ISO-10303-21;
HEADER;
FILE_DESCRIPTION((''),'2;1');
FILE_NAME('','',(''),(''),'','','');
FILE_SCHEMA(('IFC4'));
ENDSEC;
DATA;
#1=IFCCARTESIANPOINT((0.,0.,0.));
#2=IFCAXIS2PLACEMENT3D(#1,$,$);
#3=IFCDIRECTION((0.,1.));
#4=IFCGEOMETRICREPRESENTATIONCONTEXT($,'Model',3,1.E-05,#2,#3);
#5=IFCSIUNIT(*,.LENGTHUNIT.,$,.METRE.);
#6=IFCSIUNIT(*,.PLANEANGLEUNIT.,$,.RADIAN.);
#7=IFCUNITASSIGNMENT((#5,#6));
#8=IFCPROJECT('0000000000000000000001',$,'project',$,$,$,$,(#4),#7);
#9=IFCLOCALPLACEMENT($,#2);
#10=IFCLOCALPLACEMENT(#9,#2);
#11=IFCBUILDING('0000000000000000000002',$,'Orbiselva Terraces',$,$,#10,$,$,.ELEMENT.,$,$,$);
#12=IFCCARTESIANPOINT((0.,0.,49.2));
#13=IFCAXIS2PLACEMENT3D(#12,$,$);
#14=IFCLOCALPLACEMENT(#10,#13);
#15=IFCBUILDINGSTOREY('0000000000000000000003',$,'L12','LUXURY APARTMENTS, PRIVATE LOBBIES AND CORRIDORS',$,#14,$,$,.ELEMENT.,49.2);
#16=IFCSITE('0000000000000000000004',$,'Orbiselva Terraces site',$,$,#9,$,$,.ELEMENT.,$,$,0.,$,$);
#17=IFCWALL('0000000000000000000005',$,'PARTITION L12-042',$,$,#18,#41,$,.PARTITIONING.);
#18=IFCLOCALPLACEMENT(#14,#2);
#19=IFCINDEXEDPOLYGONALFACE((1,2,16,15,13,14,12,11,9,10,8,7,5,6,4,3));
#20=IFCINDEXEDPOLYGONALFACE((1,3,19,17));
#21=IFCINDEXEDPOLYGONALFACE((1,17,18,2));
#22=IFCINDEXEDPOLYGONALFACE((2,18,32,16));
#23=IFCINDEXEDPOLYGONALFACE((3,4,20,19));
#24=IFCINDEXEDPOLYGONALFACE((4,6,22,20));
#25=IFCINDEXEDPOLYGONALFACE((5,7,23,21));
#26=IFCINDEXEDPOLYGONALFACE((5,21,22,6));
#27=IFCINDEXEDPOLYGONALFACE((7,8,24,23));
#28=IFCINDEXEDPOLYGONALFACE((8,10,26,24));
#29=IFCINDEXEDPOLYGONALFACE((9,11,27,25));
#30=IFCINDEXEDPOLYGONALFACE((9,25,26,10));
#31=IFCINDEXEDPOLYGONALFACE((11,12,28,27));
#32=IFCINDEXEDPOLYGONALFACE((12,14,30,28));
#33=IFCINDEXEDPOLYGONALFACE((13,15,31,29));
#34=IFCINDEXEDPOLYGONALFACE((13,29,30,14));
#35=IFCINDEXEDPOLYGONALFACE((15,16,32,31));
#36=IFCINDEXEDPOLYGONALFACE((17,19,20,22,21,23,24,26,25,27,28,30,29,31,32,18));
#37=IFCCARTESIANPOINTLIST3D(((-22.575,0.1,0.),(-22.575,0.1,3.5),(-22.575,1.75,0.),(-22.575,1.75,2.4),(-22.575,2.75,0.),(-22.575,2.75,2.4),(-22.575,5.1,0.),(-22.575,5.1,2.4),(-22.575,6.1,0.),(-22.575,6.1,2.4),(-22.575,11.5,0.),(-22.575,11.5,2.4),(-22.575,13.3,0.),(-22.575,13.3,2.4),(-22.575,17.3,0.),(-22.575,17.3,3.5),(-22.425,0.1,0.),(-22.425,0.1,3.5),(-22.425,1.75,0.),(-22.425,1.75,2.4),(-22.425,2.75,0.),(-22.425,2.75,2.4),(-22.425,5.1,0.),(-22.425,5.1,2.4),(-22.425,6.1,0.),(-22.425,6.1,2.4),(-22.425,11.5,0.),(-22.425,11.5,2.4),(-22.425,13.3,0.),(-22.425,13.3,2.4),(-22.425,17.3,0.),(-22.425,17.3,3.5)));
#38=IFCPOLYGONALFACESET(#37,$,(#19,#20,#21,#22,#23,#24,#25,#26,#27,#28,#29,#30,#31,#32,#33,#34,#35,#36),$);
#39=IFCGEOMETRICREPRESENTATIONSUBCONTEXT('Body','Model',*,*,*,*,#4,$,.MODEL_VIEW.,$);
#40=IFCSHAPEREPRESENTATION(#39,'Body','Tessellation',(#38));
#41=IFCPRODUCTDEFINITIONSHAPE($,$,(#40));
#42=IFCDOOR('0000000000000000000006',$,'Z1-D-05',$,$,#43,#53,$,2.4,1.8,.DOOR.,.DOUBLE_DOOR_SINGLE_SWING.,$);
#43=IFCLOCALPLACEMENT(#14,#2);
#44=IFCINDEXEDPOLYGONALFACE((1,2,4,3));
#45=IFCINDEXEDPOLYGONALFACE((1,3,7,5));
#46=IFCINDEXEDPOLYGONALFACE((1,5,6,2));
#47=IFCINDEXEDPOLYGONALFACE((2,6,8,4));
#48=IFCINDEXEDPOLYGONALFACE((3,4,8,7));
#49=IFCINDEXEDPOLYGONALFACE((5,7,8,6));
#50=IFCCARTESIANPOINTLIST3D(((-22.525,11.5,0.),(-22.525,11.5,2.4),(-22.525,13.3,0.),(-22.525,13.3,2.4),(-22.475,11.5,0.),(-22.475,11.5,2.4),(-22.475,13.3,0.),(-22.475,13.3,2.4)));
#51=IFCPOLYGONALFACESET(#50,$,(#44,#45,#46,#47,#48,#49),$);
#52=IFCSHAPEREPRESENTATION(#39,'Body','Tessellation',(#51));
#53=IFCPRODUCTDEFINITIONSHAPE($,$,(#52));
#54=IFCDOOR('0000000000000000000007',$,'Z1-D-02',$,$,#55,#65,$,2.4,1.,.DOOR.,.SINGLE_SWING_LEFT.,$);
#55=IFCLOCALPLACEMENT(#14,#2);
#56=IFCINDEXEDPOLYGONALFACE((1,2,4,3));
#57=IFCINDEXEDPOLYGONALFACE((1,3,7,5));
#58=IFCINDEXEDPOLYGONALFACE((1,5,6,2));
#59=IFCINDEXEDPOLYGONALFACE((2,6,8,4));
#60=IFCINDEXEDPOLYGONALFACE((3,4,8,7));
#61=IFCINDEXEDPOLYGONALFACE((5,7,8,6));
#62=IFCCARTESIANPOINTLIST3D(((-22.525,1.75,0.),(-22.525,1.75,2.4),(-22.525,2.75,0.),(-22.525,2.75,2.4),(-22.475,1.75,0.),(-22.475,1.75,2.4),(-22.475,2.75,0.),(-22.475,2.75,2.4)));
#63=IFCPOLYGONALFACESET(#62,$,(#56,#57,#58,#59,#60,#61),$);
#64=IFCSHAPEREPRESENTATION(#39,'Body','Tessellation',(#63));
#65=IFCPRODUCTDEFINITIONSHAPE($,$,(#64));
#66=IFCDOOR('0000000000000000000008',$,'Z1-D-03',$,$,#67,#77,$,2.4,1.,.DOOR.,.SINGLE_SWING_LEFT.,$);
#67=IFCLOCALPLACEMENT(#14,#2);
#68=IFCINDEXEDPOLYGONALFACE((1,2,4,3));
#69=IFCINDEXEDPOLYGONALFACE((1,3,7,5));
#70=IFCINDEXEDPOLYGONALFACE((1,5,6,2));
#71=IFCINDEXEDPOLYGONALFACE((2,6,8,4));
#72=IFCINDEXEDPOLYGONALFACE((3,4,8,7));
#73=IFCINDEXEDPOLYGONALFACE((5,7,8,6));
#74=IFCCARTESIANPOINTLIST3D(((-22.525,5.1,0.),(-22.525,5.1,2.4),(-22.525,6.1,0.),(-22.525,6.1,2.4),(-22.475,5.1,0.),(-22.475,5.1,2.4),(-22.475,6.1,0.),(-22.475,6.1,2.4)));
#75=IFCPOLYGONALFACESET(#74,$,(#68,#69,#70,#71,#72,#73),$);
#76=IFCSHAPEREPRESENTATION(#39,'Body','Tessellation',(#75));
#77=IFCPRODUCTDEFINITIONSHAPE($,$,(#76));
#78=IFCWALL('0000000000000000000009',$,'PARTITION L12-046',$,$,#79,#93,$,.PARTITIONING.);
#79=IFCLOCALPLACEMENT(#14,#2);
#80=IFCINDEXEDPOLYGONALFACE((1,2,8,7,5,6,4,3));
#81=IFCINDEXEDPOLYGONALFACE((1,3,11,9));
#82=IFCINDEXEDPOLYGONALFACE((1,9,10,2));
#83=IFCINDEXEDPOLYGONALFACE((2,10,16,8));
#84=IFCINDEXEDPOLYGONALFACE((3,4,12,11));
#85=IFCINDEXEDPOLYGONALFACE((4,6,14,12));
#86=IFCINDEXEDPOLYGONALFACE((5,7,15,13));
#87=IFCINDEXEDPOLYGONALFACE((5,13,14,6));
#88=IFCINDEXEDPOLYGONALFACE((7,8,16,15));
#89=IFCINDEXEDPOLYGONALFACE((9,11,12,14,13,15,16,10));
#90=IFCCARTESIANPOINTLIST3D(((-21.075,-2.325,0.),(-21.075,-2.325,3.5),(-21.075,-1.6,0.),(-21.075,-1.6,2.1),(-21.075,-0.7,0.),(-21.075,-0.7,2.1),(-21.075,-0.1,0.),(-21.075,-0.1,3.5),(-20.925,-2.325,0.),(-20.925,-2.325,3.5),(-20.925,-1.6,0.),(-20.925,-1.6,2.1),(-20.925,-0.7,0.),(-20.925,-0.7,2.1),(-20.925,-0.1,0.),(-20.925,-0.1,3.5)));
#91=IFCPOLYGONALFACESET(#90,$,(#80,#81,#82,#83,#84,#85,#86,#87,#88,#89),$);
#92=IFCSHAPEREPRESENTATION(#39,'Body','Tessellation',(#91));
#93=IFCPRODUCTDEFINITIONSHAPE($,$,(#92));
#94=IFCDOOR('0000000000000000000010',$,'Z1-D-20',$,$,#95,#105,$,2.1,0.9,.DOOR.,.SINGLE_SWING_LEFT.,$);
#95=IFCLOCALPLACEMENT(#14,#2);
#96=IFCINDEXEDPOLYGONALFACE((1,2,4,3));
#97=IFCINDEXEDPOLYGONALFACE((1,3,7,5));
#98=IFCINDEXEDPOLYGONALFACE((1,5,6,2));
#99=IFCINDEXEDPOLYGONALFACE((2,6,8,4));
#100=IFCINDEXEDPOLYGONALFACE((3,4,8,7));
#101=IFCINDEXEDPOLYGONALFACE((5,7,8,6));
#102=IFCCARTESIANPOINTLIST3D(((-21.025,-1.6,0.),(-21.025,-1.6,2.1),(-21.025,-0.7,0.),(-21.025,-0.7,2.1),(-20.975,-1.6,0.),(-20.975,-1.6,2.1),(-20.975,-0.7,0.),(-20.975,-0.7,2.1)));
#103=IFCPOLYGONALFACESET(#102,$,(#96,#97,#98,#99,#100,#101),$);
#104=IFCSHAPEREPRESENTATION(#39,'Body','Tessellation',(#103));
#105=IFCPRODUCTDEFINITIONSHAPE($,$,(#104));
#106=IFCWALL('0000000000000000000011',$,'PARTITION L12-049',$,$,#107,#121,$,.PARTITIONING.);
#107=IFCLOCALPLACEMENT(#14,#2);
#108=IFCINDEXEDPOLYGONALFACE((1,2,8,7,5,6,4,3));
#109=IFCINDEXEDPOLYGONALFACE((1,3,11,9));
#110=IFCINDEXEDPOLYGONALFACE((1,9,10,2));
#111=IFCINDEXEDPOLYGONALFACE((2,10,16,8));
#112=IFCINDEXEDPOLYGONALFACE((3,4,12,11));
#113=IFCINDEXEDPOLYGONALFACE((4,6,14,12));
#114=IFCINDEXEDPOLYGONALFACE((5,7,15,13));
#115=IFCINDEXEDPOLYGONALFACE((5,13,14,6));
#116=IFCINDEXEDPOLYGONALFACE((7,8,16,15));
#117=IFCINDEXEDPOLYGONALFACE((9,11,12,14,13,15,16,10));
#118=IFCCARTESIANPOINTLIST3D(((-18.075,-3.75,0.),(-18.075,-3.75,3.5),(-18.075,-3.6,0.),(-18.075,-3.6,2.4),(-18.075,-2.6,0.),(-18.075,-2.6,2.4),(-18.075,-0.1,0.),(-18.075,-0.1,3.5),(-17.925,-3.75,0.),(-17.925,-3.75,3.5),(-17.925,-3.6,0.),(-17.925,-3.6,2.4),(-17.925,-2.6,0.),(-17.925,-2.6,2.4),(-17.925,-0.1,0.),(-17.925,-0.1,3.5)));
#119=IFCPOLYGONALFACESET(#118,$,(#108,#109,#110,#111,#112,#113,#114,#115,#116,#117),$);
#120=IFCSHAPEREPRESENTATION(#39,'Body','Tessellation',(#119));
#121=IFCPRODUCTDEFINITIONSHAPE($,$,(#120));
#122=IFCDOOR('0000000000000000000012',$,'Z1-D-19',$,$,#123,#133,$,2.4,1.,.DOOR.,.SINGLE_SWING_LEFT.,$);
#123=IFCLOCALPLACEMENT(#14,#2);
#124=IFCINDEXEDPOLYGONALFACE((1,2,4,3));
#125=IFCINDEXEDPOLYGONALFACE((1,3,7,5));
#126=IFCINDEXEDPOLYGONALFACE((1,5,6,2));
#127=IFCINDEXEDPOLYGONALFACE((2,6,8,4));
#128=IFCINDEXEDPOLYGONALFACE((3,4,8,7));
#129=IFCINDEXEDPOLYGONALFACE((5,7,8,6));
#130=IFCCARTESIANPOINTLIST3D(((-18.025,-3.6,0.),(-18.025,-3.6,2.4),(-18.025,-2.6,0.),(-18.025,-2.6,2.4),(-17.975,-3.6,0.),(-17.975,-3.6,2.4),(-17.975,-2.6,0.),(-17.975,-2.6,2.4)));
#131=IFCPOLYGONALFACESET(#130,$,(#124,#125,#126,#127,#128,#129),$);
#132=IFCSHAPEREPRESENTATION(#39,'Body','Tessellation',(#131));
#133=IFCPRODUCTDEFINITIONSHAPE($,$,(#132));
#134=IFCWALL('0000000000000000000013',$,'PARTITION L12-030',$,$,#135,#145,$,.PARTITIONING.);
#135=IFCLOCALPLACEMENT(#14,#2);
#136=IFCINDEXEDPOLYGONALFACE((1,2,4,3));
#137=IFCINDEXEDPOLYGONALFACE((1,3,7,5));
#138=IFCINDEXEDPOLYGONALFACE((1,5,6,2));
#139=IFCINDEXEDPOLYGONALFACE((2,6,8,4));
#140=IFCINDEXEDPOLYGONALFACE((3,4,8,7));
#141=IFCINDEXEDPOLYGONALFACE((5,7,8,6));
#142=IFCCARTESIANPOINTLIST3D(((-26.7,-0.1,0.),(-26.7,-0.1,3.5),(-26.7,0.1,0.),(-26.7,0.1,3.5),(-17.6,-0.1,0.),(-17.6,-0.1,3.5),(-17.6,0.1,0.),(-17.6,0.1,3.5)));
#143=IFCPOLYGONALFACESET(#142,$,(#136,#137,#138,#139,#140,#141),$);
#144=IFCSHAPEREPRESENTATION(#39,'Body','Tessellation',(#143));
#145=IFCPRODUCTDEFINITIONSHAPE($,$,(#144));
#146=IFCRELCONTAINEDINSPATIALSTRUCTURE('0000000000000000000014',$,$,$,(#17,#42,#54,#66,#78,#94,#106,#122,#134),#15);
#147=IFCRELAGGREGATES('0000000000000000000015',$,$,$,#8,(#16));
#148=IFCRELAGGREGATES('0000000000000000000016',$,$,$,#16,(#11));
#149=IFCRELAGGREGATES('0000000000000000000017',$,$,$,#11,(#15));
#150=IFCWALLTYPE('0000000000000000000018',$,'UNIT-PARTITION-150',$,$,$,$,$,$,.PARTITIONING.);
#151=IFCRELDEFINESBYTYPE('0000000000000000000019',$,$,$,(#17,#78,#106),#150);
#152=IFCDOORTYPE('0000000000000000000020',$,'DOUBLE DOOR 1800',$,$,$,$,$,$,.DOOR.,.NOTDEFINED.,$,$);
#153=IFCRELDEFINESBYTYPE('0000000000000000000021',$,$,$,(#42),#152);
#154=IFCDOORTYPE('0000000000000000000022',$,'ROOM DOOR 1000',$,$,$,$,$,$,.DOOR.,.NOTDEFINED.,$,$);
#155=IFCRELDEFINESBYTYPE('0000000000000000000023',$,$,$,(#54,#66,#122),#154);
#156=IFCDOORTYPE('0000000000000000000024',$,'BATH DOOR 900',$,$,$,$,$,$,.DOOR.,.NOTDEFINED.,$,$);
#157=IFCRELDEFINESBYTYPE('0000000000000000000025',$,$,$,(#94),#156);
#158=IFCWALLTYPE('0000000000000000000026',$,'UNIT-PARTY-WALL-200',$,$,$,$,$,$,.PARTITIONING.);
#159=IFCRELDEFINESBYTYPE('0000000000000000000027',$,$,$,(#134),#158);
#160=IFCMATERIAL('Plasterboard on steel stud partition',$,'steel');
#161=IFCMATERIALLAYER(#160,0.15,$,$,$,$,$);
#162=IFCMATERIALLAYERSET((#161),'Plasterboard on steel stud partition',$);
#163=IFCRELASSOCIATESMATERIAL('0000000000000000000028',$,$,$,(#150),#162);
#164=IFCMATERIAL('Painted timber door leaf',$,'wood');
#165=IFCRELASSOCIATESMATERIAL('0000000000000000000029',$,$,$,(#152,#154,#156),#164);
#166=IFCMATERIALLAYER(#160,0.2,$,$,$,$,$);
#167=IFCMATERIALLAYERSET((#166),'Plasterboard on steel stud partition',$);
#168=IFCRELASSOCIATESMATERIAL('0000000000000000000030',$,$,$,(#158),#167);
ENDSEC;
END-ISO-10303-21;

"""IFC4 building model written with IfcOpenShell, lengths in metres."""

from ifc_helpers import new_model, si_unit, direction, frame, frame_2d, origin, place, context, subcontext, project, spatial, rectangle, extrude, material, layer, layer_set, type_object, element, fill, save


model = new_model("IFC4")

# Units and contexts
model_context = context("Model", 3, precision=1e-05, world=origin(), true_north=direction((0.0, 1.0)))
body_context = subcontext(model_context, "Body", "Model", "MODEL_VIEW")
ifc_project = project(units=[si_unit("LENGTHUNIT", "METRE"), si_unit("PLANEANGLEUNIT", "RADIAN")], contexts=[model_context])

# Site, building, storey
site_placement = place(None, origin())
site = spatial("IfcSite", under=ifc_project, at=site_placement, Name="Orbiselva Terraces site", CompositionType="ELEMENT", RefElevation=0.0)
building_placement = place(site_placement, origin())
building = spatial("IfcBuilding", under=site, at=building_placement, Name="Orbiselva Terraces", CompositionType="ELEMENT")
storey_placement = place(building_placement, frame((0.0, 0.0, 49.2)))
storey = spatial("IfcBuildingStorey", under=building, at=storey_placement, Name="L12", Description="LUXURY APARTMENTS, PRIVATE LOBBIES AND CORRIDORS", CompositionType="ELEMENT", Elevation=49.2)

# Shared definitions
ifc_material_1 = material(Name="Plasterboard on steel stud partition", Category="steel")
ifc_layer_1 = layer(ifc_material_1, 0.15)
ifc_layer_set_1 = layer_set([ifc_layer_1], Name="Plasterboard on steel stud partition")
wall_type_1 = type_object("IfcWallType", Name="UNIT-PARTITION-150", PredefinedType="PARTITIONING", material=ifc_layer_set_1)

# Wall, openings, doors
wall_1_placement = place(storey_placement, frame((-22.5, 0.1, 0.0), z_axis=(0.0, 0.0, 1.0), x_axis=(0.0, 1.0, 0.0)))
wall_1 = element("IfcWall", 1, at=wall_1_placement, inside=storey, type_object=wall_type_1, Name="PARTITION L12-042", PredefinedType="PARTITIONING", context=body_context, shape_type="SweptSolid", body=[
    extrude(rectangle(XDim=17.2, YDim=0.15, at=frame_2d((8.6, 0.0))), origin(), (0.0, 0.0, 1.0), 3.5),
])
opening_1_placement = place(wall_1_placement, frame((1.65, 0.0, 0.0)))
opening_1 = element("IfcOpeningElement", 2, at=opening_1_placement, cuts=wall_1, PredefinedType="OPENING", context=body_context, shape_type="SweptSolid", body=[
    extrude(rectangle(XDim=1.0, YDim=2.4, at=frame_2d((0.5, 1.2))), frame((0.0, 0.085, 0.0), z_axis=(0.0, -1.0, 0.0), x_axis=(1.0, 0.0, 0.0)), (0.0, 0.0, 1.0), 0.17),
])
opening_2_placement = place(wall_1_placement, frame((5.0, 0.0, 0.0)))
opening_2 = element("IfcOpeningElement", 3, at=opening_2_placement, cuts=wall_1, PredefinedType="OPENING", context=body_context, shape_type="SweptSolid", body=[
    extrude(rectangle(XDim=1.0, YDim=2.4, at=frame_2d((0.5, 1.2))), frame((0.0, 0.085, 0.0), z_axis=(0.0, -1.0, 0.0), x_axis=(1.0, 0.0, 0.0)), (0.0, 0.0, 1.0), 0.17),
])
opening_3_placement = place(wall_1_placement, frame((11.4, 0.0, 0.0)))
opening_3 = element("IfcOpeningElement", 4, at=opening_3_placement, cuts=wall_1, PredefinedType="OPENING", context=body_context, shape_type="SweptSolid", body=[
    extrude(rectangle(XDim=1.8, YDim=2.4, at=frame_2d((0.9, 1.2))), frame((0.0, 0.085, 0.0), z_axis=(0.0, -1.0, 0.0), x_axis=(1.0, 0.0, 0.0)), (0.0, 0.0, 1.0), 0.17),
])
ifc_material_2 = material(Name="Painted timber door leaf", Category="wood")
door_type_1 = type_object("IfcDoorType", Name="DOUBLE DOOR 1800", OperationType="NOTDEFINED", PredefinedType="DOOR", material=ifc_material_2)
door_1_placement = place(opening_3_placement, origin())
door_1 = element("IfcDoor", 5, at=door_1_placement, inside=storey, type_object=door_type_1, Name="Z1-D-05", OperationType="DOUBLE_DOOR_SINGLE_SWING", OverallHeight=2.4, OverallWidth=1.8, PredefinedType="DOOR", context=body_context, shape_type="SweptSolid", body=[
    extrude(rectangle(XDim=1.8, YDim=2.4, at=frame_2d((0.9, 1.2))), frame((0.0, 0.025, 0.0), z_axis=(0.0, -1.0, 0.0), x_axis=(1.0, 0.0, 0.0)), (0.0, 0.0, 1.0), 0.05),
])
fill(opening_3, door_1)
door_type_2 = type_object("IfcDoorType", Name="ROOM DOOR 1000", OperationType="NOTDEFINED", PredefinedType="DOOR", material=ifc_material_2)
door_2_placement = place(opening_1_placement, origin())
door_2 = element("IfcDoor", 6, at=door_2_placement, inside=storey, type_object=door_type_2, Name="Z1-D-02", OperationType="SINGLE_SWING_LEFT", OverallHeight=2.4, OverallWidth=1.0, PredefinedType="DOOR", context=body_context, shape_type="SweptSolid", body=[
    extrude(rectangle(XDim=1.0, YDim=2.4, at=frame_2d((0.5, 1.2))), frame((0.0, 0.025, 0.0), z_axis=(0.0, -1.0, 0.0), x_axis=(1.0, 0.0, 0.0)), (0.0, 0.0, 1.0), 0.05),
])
fill(opening_1, door_2)
door_3_placement = place(opening_2_placement, origin())
door_3 = element("IfcDoor", 7, at=door_3_placement, inside=storey, type_object=door_type_2, Name="Z1-D-03", OperationType="SINGLE_SWING_LEFT", OverallHeight=2.4, OverallWidth=1.0, PredefinedType="DOOR", context=body_context, shape_type="SweptSolid", body=[
    extrude(rectangle(XDim=1.0, YDim=2.4, at=frame_2d((0.5, 1.2))), frame((0.0, 0.025, 0.0), z_axis=(0.0, -1.0, 0.0), x_axis=(1.0, 0.0, 0.0)), (0.0, 0.0, 1.0), 0.05),
])
fill(opening_2, door_3)

# Walls, openings, doors
wall_2_placement = place(storey_placement, frame((-21.0, -0.1, 0.0), z_axis=(0.0, 0.0, 1.0), x_axis=(0.0, -1.0, 0.0)))
wall_2 = element("IfcWall", 8, at=wall_2_placement, inside=storey, type_object=wall_type_1, Name="PARTITION L12-046", PredefinedType="PARTITIONING", context=body_context, shape_type="SweptSolid", body=[
    extrude(rectangle(XDim=2.225, YDim=0.15, at=frame_2d((1.1125, 0.0))), origin(), (0.0, 0.0, 1.0), 3.5),
])
opening_4_placement = place(wall_2_placement, frame((0.6, 0.0, 0.0)))
opening_4 = element("IfcOpeningElement", 9, at=opening_4_placement, cuts=wall_2, PredefinedType="OPENING", context=body_context, shape_type="SweptSolid", body=[
    extrude(rectangle(XDim=0.9, YDim=2.1, at=frame_2d((0.45, 1.05))), frame((0.0, 0.085, 0.0), z_axis=(0.0, -1.0, 0.0), x_axis=(1.0, 0.0, 0.0)), (0.0, 0.0, 1.0), 0.17),
])
door_type_3 = type_object("IfcDoorType", Name="BATH DOOR 900", OperationType="NOTDEFINED", PredefinedType="DOOR", material=ifc_material_2)
door_4_placement = place(opening_4_placement, origin())
door_4 = element("IfcDoor", 10, at=door_4_placement, inside=storey, type_object=door_type_3, Name="Z1-D-20", OperationType="SINGLE_SWING_LEFT", OverallHeight=2.1, OverallWidth=0.9, PredefinedType="DOOR", context=body_context, shape_type="SweptSolid", body=[
    extrude(rectangle(XDim=0.9, YDim=2.1, at=frame_2d((0.45, 1.05))), frame((0.0, 0.025, 0.0), z_axis=(0.0, -1.0, 0.0), x_axis=(1.0, 0.0, 0.0)), (0.0, 0.0, 1.0), 0.05),
])
fill(opening_4, door_4)
wall_3_placement = place(storey_placement, frame((-18.0, -3.75, 0.0), z_axis=(0.0, 0.0, 1.0), x_axis=(0.0, 1.0, 0.0)))
wall_3 = element("IfcWall", 11, at=wall_3_placement, inside=storey, type_object=wall_type_1, Name="PARTITION L12-049", PredefinedType="PARTITIONING", context=body_context, shape_type="SweptSolid", body=[
    extrude(rectangle(XDim=3.65, YDim=0.15, at=frame_2d((1.825, 0.0))), origin(), (0.0, 0.0, 1.0), 3.5),
])
opening_5_placement = place(wall_3_placement, frame((0.15, 0.0, 0.0)))
opening_5 = element("IfcOpeningElement", 12, at=opening_5_placement, cuts=wall_3, PredefinedType="OPENING", context=body_context, shape_type="SweptSolid", body=[
    extrude(rectangle(XDim=1.0, YDim=2.4, at=frame_2d((0.5, 1.2))), frame((0.0, 0.085, 0.0), z_axis=(0.0, -1.0, 0.0), x_axis=(1.0, 0.0, 0.0)), (0.0, 0.0, 1.0), 0.17),
])
door_5_placement = place(opening_5_placement, origin())
door_5 = element("IfcDoor", 13, at=door_5_placement, inside=storey, type_object=door_type_2, Name="Z1-D-19", OperationType="SINGLE_SWING_LEFT", OverallHeight=2.4, OverallWidth=1.0, PredefinedType="DOOR", context=body_context, shape_type="SweptSolid", body=[
    extrude(rectangle(XDim=1.0, YDim=2.4, at=frame_2d((0.5, 1.2))), frame((0.0, 0.025, 0.0), z_axis=(0.0, -1.0, 0.0), x_axis=(1.0, 0.0, 0.0)), (0.0, 0.0, 1.0), 0.05),
])
fill(opening_5, door_5)

# Wall
ifc_layer_2 = layer(ifc_material_1, 0.2)
ifc_layer_set_2 = layer_set([ifc_layer_2], Name="Plasterboard on steel stud partition")
wall_type_2 = type_object("IfcWallType", Name="UNIT-PARTY-WALL-200", PredefinedType="PARTITIONING", material=ifc_layer_set_2)
wall_4_placement = place(storey_placement, frame((-26.7, 0.0, 0.0), z_axis=(0.0, 0.0, 1.0), x_axis=(1.0, 0.0, 0.0)))
element("IfcWall", 14, at=wall_4_placement, inside=storey, type_object=wall_type_2, Name="PARTITION L12-030", PredefinedType="PARTITIONING", context=body_context, shape_type="SweptSolid", body=[
    extrude(rectangle(XDim=9.1, YDim=0.2, at=frame_2d((4.55, 0.0))), origin(), (0.0, 0.0, 1.0), 3.5),
])

save(model, "model.ifc")
